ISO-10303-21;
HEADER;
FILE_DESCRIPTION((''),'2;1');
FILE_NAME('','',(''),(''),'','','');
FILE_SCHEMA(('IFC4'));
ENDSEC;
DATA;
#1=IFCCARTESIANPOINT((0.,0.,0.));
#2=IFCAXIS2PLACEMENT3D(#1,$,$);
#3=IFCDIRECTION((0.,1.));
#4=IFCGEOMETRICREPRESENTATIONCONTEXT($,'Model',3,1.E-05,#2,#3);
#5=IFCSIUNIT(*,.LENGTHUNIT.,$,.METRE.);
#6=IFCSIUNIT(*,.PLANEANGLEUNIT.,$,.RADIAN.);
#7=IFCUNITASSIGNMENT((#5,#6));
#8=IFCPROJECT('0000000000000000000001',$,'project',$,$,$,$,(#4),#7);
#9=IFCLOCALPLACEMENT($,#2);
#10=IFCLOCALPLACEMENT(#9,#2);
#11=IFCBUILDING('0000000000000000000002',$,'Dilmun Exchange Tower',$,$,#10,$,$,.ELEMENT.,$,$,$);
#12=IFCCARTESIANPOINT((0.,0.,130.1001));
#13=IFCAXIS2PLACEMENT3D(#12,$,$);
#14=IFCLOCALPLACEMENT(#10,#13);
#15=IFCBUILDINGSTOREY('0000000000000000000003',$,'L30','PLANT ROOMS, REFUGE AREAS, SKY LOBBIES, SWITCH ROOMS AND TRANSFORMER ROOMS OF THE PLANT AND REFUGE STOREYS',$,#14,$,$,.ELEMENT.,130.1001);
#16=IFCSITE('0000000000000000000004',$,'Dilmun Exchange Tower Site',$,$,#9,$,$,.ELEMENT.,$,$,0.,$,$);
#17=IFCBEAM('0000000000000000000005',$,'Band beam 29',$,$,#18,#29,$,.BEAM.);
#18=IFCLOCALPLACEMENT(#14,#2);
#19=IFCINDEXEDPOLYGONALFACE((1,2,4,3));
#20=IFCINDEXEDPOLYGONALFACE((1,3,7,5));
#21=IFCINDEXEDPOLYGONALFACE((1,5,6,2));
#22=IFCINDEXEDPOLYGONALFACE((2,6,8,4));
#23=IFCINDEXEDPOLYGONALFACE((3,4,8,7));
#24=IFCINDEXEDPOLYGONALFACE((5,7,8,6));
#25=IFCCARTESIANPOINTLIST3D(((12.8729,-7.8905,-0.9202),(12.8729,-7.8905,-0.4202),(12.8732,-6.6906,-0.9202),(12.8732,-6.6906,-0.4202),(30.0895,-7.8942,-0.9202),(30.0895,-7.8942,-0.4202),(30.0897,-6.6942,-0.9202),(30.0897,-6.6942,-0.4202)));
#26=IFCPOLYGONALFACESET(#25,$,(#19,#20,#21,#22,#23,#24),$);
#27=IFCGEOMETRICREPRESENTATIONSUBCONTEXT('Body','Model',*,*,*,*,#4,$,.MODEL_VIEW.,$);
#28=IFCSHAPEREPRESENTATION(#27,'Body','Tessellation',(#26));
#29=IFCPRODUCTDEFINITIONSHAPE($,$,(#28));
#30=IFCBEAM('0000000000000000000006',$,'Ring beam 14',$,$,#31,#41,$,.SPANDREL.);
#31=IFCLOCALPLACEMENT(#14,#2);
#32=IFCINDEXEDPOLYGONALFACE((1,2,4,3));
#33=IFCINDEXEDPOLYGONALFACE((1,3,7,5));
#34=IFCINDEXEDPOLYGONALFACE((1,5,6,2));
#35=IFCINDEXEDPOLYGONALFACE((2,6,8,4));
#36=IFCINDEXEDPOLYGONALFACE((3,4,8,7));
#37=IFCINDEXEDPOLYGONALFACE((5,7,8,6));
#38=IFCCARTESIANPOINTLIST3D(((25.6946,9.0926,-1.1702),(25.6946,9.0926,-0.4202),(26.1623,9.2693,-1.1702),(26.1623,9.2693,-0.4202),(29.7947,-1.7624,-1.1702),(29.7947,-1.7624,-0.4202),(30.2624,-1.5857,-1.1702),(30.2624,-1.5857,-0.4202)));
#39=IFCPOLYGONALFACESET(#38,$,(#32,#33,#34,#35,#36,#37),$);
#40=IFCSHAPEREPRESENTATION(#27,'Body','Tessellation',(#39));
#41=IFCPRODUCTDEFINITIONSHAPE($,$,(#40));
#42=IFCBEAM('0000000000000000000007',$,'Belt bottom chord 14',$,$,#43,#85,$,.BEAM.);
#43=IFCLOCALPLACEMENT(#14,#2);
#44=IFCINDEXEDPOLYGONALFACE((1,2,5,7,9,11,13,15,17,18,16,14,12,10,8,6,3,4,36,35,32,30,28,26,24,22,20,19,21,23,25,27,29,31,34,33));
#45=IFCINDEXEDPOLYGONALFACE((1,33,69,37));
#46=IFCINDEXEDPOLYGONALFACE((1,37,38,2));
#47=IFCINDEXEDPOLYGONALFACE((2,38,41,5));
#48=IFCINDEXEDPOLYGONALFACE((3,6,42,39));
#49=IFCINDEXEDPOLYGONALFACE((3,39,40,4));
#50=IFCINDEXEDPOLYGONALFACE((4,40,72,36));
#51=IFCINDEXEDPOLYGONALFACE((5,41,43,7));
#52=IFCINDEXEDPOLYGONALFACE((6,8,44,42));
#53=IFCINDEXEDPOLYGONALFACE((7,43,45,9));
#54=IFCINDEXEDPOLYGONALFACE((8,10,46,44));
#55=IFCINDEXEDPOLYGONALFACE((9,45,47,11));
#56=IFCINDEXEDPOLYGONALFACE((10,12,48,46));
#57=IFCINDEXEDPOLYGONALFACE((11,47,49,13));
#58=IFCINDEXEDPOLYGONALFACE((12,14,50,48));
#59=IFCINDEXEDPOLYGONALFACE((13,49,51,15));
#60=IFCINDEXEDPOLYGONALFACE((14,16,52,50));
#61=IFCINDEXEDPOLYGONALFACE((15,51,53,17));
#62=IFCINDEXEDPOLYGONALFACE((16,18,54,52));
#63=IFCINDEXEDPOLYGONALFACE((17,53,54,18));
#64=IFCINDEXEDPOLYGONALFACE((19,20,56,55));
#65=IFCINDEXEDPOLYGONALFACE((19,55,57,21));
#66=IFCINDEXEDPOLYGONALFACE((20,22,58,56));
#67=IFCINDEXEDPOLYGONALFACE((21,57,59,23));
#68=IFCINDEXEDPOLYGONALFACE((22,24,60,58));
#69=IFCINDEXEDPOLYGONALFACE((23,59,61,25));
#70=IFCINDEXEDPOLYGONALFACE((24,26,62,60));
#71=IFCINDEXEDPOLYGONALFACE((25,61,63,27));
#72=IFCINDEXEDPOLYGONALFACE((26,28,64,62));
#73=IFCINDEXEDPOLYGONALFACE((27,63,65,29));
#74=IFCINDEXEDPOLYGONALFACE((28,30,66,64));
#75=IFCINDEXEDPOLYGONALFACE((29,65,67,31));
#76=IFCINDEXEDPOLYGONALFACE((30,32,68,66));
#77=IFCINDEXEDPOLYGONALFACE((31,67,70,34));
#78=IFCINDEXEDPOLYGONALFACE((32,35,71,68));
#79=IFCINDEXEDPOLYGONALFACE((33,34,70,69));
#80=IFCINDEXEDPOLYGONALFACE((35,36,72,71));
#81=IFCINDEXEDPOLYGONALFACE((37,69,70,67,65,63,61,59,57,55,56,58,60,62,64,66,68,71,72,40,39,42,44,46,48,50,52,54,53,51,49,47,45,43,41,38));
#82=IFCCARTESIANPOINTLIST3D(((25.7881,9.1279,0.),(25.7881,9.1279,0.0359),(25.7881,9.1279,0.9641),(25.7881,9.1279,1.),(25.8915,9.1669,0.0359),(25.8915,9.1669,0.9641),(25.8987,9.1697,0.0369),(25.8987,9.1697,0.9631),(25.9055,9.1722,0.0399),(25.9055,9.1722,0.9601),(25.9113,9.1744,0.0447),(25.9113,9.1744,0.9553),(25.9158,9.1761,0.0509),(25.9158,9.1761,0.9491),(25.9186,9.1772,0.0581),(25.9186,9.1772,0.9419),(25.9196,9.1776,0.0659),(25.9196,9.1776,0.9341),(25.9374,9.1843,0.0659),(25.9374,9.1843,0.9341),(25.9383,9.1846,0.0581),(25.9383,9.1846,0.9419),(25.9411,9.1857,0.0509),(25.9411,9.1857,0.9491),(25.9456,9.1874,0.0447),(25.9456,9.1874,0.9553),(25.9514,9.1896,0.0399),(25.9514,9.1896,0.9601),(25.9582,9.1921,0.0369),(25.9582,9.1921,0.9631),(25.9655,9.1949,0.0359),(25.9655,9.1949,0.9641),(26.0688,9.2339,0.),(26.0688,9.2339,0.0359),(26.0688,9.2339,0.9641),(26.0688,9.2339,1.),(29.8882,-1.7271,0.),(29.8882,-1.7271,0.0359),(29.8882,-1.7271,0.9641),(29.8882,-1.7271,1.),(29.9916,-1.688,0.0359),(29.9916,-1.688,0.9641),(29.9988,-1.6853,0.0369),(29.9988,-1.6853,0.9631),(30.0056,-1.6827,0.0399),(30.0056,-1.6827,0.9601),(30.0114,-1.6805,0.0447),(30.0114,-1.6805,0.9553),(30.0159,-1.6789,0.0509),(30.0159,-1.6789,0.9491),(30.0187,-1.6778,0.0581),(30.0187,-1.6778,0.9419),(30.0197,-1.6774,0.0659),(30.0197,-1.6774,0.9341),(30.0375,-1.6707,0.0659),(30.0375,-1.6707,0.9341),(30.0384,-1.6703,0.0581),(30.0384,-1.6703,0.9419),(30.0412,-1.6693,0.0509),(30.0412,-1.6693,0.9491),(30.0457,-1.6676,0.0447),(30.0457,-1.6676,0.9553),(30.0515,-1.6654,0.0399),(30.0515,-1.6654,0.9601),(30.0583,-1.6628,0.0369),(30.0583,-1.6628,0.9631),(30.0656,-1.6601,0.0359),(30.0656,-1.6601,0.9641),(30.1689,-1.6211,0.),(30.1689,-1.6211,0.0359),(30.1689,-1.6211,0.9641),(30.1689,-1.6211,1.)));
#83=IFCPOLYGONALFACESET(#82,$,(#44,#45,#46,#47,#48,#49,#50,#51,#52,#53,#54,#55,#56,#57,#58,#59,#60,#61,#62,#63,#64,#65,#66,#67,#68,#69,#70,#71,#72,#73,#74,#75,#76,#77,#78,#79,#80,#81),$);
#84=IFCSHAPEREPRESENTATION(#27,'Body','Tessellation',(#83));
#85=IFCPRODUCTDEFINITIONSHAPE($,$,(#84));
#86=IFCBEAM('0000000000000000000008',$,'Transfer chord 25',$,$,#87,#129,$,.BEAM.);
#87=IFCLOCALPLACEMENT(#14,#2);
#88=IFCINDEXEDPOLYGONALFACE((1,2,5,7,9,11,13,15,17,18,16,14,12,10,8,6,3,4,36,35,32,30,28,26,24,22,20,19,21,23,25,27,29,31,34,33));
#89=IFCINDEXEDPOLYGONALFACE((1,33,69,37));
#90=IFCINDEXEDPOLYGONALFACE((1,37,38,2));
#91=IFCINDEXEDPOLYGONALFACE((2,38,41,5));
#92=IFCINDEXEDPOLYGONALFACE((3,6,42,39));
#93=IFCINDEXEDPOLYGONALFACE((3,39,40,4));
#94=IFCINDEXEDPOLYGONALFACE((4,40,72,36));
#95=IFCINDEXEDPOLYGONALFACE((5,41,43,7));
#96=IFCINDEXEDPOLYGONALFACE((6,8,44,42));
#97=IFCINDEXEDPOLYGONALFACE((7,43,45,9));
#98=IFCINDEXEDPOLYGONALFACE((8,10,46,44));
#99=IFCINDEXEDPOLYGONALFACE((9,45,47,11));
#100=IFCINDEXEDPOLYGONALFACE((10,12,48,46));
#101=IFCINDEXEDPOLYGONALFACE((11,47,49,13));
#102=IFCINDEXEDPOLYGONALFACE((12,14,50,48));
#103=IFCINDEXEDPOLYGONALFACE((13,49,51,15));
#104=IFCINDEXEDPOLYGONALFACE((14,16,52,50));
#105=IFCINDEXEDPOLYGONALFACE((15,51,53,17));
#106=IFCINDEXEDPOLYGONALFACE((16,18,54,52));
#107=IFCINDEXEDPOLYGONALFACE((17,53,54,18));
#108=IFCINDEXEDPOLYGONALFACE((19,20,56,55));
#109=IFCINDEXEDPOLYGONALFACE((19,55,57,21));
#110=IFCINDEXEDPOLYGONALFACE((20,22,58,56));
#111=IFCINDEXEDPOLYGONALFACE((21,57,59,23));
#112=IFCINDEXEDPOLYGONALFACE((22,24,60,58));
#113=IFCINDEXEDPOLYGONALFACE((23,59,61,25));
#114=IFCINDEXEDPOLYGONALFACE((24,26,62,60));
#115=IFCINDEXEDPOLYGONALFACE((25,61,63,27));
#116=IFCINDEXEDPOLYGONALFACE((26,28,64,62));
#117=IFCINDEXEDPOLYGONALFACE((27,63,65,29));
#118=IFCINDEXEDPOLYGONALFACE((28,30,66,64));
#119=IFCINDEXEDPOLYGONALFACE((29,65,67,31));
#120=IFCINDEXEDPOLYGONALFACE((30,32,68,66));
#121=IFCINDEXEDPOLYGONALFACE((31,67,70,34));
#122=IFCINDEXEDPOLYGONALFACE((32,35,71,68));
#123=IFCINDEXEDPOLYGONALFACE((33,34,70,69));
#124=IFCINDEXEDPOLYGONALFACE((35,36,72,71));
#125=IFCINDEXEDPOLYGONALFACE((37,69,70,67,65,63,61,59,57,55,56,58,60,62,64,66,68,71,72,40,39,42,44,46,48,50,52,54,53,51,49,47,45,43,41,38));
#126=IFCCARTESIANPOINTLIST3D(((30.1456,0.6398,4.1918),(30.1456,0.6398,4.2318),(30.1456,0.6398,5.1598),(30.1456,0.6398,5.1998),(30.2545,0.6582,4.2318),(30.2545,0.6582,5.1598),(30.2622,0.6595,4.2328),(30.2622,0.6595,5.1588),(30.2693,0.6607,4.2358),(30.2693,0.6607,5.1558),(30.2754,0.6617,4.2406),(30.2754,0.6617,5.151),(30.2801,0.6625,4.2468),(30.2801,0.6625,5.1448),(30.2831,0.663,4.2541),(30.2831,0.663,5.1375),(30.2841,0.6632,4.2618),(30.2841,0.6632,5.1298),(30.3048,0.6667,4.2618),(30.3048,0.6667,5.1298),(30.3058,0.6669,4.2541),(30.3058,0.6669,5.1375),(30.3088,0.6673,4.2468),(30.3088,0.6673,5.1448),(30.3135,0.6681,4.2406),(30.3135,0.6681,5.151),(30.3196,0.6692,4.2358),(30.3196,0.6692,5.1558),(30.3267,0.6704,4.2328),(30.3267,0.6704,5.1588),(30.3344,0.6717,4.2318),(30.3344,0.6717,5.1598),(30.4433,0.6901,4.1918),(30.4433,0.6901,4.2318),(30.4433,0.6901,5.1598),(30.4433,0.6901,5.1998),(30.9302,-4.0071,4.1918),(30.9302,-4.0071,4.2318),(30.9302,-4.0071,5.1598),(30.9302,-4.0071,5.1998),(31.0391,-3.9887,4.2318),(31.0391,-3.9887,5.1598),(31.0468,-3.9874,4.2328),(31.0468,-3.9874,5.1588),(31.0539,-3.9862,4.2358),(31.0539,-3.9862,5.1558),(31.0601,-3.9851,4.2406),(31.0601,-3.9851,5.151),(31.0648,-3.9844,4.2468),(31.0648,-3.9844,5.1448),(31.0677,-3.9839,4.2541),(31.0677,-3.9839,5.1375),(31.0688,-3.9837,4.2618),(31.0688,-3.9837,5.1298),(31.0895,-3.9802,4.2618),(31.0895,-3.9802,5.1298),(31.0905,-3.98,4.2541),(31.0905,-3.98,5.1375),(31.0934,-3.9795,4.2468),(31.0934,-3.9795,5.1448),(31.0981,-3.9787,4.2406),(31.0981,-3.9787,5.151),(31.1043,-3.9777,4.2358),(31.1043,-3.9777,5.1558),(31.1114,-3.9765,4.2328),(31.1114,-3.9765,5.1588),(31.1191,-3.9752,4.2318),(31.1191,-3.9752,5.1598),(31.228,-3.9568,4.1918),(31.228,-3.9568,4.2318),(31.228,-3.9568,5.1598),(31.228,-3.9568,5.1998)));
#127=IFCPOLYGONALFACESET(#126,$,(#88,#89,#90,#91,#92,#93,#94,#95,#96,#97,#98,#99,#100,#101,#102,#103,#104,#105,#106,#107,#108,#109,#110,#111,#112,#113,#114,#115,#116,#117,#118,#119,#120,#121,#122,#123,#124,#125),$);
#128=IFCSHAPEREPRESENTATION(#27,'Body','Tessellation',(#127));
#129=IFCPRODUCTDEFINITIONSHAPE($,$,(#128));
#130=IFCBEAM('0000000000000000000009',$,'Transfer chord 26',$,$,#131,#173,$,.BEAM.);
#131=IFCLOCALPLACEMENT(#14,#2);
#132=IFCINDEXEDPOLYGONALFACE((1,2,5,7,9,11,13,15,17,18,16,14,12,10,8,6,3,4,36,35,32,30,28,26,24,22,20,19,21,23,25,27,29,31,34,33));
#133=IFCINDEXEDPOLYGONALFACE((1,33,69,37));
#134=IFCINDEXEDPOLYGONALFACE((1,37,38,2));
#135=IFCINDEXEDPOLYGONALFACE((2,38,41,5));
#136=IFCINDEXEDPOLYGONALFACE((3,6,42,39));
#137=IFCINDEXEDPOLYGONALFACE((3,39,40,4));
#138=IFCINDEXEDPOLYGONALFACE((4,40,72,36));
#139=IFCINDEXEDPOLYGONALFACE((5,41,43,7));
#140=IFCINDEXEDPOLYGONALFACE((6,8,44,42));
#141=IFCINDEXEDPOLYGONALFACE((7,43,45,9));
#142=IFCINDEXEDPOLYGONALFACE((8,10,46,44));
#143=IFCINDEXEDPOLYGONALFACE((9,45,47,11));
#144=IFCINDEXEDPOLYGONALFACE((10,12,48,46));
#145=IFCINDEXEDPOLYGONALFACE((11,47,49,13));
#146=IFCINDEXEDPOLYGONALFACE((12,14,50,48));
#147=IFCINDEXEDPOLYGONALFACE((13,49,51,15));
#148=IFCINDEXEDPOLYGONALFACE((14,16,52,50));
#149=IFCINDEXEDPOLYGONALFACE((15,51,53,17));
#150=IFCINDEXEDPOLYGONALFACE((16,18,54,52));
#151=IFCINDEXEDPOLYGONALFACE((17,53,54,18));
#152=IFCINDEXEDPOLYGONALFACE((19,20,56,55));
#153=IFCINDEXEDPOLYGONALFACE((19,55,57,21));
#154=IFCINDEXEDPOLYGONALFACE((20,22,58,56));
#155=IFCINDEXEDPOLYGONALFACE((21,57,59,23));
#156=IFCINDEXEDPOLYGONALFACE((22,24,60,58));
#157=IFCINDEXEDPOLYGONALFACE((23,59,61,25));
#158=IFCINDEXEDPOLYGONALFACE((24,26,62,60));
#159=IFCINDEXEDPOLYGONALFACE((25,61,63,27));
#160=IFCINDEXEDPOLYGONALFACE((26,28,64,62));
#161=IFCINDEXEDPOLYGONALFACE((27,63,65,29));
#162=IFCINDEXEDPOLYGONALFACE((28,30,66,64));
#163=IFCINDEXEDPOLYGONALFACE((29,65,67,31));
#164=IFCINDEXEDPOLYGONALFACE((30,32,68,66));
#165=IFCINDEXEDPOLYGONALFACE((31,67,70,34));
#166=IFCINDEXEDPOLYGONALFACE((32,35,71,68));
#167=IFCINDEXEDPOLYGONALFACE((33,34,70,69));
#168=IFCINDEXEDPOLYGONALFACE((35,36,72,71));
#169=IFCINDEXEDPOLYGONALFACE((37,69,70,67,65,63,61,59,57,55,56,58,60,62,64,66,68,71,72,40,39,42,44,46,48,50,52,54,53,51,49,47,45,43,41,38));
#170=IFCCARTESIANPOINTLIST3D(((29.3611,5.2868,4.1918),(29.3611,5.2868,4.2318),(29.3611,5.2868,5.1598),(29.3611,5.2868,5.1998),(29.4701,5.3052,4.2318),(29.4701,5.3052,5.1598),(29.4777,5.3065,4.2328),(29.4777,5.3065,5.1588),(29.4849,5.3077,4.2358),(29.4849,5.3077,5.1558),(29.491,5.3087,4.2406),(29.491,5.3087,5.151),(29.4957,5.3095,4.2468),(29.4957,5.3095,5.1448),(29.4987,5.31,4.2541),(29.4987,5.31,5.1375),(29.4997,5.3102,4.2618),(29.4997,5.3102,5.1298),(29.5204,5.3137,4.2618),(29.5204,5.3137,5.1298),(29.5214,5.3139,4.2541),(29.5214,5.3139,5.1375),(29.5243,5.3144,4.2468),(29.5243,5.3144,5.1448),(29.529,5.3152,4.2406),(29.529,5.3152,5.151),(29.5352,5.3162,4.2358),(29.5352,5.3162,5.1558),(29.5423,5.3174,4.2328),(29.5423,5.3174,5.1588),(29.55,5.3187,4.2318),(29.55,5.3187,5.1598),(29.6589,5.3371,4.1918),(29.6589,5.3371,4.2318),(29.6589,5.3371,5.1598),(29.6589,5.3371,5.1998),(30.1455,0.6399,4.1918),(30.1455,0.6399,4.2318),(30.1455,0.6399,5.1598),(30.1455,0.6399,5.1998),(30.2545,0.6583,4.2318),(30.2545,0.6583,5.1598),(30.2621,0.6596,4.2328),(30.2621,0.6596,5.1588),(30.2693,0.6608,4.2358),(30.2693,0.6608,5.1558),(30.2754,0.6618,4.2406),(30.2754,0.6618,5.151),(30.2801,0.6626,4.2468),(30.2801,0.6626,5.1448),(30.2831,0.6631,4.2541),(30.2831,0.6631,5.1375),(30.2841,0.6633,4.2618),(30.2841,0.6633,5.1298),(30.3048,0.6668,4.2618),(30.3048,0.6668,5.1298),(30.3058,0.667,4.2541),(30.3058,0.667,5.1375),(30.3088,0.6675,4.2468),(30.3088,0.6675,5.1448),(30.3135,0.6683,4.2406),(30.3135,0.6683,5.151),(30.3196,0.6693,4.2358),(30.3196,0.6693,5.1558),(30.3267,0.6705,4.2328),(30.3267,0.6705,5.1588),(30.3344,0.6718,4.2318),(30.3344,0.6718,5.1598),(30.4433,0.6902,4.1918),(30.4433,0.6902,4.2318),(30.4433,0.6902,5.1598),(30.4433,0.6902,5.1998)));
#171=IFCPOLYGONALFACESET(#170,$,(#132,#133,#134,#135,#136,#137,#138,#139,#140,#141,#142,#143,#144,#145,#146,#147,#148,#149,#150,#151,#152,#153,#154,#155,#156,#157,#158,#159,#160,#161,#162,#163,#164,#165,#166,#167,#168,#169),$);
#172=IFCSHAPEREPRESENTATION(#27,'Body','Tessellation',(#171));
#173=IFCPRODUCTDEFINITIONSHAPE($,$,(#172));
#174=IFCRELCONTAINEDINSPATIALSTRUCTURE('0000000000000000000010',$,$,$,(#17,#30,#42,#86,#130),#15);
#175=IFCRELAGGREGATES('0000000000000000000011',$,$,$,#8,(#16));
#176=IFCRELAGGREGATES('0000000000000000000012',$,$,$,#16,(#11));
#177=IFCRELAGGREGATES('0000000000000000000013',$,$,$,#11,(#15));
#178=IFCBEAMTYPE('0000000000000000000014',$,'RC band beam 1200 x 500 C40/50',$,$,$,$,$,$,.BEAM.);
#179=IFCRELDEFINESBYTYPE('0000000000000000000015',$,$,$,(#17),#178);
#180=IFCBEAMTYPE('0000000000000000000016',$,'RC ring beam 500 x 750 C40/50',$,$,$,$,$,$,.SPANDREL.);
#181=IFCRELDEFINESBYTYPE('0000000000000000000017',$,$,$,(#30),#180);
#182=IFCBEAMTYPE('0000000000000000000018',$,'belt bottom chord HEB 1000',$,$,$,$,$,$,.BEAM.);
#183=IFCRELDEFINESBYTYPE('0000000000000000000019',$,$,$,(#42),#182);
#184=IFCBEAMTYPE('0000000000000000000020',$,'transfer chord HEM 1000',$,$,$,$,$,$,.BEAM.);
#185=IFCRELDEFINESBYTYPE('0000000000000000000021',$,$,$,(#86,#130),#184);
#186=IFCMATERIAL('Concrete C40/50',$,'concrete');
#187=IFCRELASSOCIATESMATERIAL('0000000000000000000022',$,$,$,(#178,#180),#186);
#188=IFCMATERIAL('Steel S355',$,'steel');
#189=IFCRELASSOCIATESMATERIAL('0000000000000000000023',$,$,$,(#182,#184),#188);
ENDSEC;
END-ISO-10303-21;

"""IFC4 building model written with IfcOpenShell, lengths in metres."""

from ifc_helpers import new_model, si_unit, direction, frame, origin, origin_2d, place, context, subcontext, project, spatial, rectangle, i_section, extrude, material, material_profile, profile_set, type_object, element, save


model = new_model("IFC4")

# Units and contexts
model_context = context("Model", 3, precision=1e-05, world=origin(), true_north=direction((0.0, 1.0)))
body_context = subcontext(model_context, "Body", "Model", "MODEL_VIEW")
ifc_project = project(units=[si_unit("LENGTHUNIT", "METRE"), si_unit("PLANEANGLEUNIT", "RADIAN")], contexts=[model_context])

# Site, building, storey
site_placement = place(None, origin())
site = spatial("IfcSite", under=ifc_project, at=site_placement, Name="Dilmun Exchange Tower Site", CompositionType="ELEMENT", RefElevation=0.0)
building_placement = place(site_placement, origin())
building = spatial("IfcBuilding", under=site, at=building_placement, Name="Dilmun Exchange Tower", CompositionType="ELEMENT")
storey_placement = place(building_placement, frame((0.0, 0.0, 130.1001)))
storey = spatial("IfcBuildingStorey", under=building, at=storey_placement, Name="L30", Description="PLANT ROOMS, REFUGE AREAS, SKY LOBBIES, SWITCH ROOMS AND TRANSFORMER ROOMS OF THE PLANT AND REFUGE STOREYS", CompositionType="ELEMENT", Elevation=130.1001)

# Beams
ifc_material_1 = material(Name="Concrete C40/50", Category="concrete")
ifc_material_profile_1 = material_profile(ifc_material_1, rectangle(XDim=1.2, YDim=0.5, at=origin_2d()), Name="1200 x 500")
ifc_profile_set_1 = profile_set([ifc_material_profile_1], Name="Concrete C40/50")
beam_type_1 = type_object("IfcBeamType", Name="RC band beam 1200 x 500 C40/50", PredefinedType="BEAM", material=ifc_profile_set_1)
beam_1_placement = place(storey_placement, frame((30.0896, -7.2942, -0.6702), z_axis=(-1.0, 0.000213, 0.0), x_axis=(-0.000213, -1.0, 0.0)))
element("IfcBeam", 1, at=beam_1_placement, inside=storey, type_object=beam_type_1, Name="Band beam 29", PredefinedType="BEAM", context=body_context, shape_type="SweptSolid", body=[
    extrude(rectangle(XDim=1.2, YDim=0.5, at=origin_2d()), origin(), (0.0, 0.0, 1.0), 17.2166),
])
ifc_material_profile_2 = material_profile(ifc_material_1, rectangle(XDim=0.5, YDim=0.75, at=origin_2d()), Name="500 x 750")
ifc_profile_set_2 = profile_set([ifc_material_profile_2], Name="Concrete C40/50")
beam_type_2 = type_object("IfcBeamType", Name="RC ring beam 500 x 750 C40/50", PredefinedType="SPANDREL", material=ifc_profile_set_2)
beam_2_placement = place(storey_placement, frame((30.0286, -1.6741, -0.7952), z_axis=(-0.35335, 0.935491, 0.0), x_axis=(-0.935491, -0.35335, 0.0)))
element("IfcBeam", 2, at=beam_2_placement, inside=storey, type_object=beam_type_2, Name="Ring beam 14", PredefinedType="SPANDREL", context=body_context, shape_type="SweptSolid", body=[
    extrude(rectangle(XDim=0.5, YDim=0.75, at=origin_2d()), origin(), (0.0, 0.0, 1.0), 11.6035),
])
ifc_material_2 = material(Name="Steel S355", Category="steel")
ifc_material_profile_3 = material_profile(ifc_material_2, i_section(OverallWidth=0.3, OverallDepth=1.0, WebThickness=0.019, FlangeThickness=0.0359, FilletRadius=0.03, at=origin_2d()), Name="HEB 1000")
ifc_profile_set_3 = profile_set([ifc_material_profile_3], Name="Steel S355")
beam_type_3 = type_object("IfcBeamType", Name="belt bottom chord HEB 1000", PredefinedType="BEAM", material=ifc_profile_set_3)
beam_3_placement = place(storey_placement, frame((30.0286, -1.6741, 0.5), z_axis=(-0.35335, 0.935491, 0.0), x_axis=(-0.935491, -0.35335, 0.0)))
element("IfcBeam", 3, at=beam_3_placement, inside=storey, type_object=beam_type_3, Name="Belt bottom chord 14", PredefinedType="BEAM", context=body_context, shape_type="SweptSolid", body=[
    extrude(i_section(OverallWidth=0.3, OverallDepth=1.0, WebThickness=0.019, FlangeThickness=0.0359, FilletRadius=0.03, at=origin_2d()), origin(), (0.0, 0.0, 1.0), 11.6035),
])
ifc_material_profile_4 = material_profile(ifc_material_2, i_section(OverallWidth=0.302, OverallDepth=1.0081, WebThickness=0.021, FlangeThickness=0.04, FilletRadius=0.03, at=origin_2d()), Name="HEM 1000")
ifc_profile_set_4 = profile_set([ifc_material_profile_4], Name="Steel S355")
beam_type_4 = type_object("IfcBeamType", Name="transfer chord HEM 1000", PredefinedType="BEAM", material=ifc_profile_set_4)
for number, where, z_axis, x_axis, name in (
    (4, (31.0791, -3.9819, 4.6958), (-0.166499, 0.986042, 0.0), (-0.986042, -0.166499, 0.0), "Transfer chord 25"),
    (5, (30.2944, 0.665, 4.6958), (-0.166448, 0.98605, 0.0), (-0.98605, -0.166448, 0.0), "Transfer chord 26"),
):
    element("IfcBeam", number, at=place(storey_placement, frame(where, z_axis=z_axis, x_axis=x_axis)), inside=storey, type_object=beam_type_4, Name=name, PredefinedType="BEAM", context=body_context, shape_type="SweptSolid", body=[
        extrude(i_section(OverallWidth=0.302, OverallDepth=1.0081, WebThickness=0.021, FlangeThickness=0.04, FilletRadius=0.03, at=origin_2d()), origin(), (0.0, 0.0, 1.0), 4.7126),
    ])

save(model, "model.ifc")
